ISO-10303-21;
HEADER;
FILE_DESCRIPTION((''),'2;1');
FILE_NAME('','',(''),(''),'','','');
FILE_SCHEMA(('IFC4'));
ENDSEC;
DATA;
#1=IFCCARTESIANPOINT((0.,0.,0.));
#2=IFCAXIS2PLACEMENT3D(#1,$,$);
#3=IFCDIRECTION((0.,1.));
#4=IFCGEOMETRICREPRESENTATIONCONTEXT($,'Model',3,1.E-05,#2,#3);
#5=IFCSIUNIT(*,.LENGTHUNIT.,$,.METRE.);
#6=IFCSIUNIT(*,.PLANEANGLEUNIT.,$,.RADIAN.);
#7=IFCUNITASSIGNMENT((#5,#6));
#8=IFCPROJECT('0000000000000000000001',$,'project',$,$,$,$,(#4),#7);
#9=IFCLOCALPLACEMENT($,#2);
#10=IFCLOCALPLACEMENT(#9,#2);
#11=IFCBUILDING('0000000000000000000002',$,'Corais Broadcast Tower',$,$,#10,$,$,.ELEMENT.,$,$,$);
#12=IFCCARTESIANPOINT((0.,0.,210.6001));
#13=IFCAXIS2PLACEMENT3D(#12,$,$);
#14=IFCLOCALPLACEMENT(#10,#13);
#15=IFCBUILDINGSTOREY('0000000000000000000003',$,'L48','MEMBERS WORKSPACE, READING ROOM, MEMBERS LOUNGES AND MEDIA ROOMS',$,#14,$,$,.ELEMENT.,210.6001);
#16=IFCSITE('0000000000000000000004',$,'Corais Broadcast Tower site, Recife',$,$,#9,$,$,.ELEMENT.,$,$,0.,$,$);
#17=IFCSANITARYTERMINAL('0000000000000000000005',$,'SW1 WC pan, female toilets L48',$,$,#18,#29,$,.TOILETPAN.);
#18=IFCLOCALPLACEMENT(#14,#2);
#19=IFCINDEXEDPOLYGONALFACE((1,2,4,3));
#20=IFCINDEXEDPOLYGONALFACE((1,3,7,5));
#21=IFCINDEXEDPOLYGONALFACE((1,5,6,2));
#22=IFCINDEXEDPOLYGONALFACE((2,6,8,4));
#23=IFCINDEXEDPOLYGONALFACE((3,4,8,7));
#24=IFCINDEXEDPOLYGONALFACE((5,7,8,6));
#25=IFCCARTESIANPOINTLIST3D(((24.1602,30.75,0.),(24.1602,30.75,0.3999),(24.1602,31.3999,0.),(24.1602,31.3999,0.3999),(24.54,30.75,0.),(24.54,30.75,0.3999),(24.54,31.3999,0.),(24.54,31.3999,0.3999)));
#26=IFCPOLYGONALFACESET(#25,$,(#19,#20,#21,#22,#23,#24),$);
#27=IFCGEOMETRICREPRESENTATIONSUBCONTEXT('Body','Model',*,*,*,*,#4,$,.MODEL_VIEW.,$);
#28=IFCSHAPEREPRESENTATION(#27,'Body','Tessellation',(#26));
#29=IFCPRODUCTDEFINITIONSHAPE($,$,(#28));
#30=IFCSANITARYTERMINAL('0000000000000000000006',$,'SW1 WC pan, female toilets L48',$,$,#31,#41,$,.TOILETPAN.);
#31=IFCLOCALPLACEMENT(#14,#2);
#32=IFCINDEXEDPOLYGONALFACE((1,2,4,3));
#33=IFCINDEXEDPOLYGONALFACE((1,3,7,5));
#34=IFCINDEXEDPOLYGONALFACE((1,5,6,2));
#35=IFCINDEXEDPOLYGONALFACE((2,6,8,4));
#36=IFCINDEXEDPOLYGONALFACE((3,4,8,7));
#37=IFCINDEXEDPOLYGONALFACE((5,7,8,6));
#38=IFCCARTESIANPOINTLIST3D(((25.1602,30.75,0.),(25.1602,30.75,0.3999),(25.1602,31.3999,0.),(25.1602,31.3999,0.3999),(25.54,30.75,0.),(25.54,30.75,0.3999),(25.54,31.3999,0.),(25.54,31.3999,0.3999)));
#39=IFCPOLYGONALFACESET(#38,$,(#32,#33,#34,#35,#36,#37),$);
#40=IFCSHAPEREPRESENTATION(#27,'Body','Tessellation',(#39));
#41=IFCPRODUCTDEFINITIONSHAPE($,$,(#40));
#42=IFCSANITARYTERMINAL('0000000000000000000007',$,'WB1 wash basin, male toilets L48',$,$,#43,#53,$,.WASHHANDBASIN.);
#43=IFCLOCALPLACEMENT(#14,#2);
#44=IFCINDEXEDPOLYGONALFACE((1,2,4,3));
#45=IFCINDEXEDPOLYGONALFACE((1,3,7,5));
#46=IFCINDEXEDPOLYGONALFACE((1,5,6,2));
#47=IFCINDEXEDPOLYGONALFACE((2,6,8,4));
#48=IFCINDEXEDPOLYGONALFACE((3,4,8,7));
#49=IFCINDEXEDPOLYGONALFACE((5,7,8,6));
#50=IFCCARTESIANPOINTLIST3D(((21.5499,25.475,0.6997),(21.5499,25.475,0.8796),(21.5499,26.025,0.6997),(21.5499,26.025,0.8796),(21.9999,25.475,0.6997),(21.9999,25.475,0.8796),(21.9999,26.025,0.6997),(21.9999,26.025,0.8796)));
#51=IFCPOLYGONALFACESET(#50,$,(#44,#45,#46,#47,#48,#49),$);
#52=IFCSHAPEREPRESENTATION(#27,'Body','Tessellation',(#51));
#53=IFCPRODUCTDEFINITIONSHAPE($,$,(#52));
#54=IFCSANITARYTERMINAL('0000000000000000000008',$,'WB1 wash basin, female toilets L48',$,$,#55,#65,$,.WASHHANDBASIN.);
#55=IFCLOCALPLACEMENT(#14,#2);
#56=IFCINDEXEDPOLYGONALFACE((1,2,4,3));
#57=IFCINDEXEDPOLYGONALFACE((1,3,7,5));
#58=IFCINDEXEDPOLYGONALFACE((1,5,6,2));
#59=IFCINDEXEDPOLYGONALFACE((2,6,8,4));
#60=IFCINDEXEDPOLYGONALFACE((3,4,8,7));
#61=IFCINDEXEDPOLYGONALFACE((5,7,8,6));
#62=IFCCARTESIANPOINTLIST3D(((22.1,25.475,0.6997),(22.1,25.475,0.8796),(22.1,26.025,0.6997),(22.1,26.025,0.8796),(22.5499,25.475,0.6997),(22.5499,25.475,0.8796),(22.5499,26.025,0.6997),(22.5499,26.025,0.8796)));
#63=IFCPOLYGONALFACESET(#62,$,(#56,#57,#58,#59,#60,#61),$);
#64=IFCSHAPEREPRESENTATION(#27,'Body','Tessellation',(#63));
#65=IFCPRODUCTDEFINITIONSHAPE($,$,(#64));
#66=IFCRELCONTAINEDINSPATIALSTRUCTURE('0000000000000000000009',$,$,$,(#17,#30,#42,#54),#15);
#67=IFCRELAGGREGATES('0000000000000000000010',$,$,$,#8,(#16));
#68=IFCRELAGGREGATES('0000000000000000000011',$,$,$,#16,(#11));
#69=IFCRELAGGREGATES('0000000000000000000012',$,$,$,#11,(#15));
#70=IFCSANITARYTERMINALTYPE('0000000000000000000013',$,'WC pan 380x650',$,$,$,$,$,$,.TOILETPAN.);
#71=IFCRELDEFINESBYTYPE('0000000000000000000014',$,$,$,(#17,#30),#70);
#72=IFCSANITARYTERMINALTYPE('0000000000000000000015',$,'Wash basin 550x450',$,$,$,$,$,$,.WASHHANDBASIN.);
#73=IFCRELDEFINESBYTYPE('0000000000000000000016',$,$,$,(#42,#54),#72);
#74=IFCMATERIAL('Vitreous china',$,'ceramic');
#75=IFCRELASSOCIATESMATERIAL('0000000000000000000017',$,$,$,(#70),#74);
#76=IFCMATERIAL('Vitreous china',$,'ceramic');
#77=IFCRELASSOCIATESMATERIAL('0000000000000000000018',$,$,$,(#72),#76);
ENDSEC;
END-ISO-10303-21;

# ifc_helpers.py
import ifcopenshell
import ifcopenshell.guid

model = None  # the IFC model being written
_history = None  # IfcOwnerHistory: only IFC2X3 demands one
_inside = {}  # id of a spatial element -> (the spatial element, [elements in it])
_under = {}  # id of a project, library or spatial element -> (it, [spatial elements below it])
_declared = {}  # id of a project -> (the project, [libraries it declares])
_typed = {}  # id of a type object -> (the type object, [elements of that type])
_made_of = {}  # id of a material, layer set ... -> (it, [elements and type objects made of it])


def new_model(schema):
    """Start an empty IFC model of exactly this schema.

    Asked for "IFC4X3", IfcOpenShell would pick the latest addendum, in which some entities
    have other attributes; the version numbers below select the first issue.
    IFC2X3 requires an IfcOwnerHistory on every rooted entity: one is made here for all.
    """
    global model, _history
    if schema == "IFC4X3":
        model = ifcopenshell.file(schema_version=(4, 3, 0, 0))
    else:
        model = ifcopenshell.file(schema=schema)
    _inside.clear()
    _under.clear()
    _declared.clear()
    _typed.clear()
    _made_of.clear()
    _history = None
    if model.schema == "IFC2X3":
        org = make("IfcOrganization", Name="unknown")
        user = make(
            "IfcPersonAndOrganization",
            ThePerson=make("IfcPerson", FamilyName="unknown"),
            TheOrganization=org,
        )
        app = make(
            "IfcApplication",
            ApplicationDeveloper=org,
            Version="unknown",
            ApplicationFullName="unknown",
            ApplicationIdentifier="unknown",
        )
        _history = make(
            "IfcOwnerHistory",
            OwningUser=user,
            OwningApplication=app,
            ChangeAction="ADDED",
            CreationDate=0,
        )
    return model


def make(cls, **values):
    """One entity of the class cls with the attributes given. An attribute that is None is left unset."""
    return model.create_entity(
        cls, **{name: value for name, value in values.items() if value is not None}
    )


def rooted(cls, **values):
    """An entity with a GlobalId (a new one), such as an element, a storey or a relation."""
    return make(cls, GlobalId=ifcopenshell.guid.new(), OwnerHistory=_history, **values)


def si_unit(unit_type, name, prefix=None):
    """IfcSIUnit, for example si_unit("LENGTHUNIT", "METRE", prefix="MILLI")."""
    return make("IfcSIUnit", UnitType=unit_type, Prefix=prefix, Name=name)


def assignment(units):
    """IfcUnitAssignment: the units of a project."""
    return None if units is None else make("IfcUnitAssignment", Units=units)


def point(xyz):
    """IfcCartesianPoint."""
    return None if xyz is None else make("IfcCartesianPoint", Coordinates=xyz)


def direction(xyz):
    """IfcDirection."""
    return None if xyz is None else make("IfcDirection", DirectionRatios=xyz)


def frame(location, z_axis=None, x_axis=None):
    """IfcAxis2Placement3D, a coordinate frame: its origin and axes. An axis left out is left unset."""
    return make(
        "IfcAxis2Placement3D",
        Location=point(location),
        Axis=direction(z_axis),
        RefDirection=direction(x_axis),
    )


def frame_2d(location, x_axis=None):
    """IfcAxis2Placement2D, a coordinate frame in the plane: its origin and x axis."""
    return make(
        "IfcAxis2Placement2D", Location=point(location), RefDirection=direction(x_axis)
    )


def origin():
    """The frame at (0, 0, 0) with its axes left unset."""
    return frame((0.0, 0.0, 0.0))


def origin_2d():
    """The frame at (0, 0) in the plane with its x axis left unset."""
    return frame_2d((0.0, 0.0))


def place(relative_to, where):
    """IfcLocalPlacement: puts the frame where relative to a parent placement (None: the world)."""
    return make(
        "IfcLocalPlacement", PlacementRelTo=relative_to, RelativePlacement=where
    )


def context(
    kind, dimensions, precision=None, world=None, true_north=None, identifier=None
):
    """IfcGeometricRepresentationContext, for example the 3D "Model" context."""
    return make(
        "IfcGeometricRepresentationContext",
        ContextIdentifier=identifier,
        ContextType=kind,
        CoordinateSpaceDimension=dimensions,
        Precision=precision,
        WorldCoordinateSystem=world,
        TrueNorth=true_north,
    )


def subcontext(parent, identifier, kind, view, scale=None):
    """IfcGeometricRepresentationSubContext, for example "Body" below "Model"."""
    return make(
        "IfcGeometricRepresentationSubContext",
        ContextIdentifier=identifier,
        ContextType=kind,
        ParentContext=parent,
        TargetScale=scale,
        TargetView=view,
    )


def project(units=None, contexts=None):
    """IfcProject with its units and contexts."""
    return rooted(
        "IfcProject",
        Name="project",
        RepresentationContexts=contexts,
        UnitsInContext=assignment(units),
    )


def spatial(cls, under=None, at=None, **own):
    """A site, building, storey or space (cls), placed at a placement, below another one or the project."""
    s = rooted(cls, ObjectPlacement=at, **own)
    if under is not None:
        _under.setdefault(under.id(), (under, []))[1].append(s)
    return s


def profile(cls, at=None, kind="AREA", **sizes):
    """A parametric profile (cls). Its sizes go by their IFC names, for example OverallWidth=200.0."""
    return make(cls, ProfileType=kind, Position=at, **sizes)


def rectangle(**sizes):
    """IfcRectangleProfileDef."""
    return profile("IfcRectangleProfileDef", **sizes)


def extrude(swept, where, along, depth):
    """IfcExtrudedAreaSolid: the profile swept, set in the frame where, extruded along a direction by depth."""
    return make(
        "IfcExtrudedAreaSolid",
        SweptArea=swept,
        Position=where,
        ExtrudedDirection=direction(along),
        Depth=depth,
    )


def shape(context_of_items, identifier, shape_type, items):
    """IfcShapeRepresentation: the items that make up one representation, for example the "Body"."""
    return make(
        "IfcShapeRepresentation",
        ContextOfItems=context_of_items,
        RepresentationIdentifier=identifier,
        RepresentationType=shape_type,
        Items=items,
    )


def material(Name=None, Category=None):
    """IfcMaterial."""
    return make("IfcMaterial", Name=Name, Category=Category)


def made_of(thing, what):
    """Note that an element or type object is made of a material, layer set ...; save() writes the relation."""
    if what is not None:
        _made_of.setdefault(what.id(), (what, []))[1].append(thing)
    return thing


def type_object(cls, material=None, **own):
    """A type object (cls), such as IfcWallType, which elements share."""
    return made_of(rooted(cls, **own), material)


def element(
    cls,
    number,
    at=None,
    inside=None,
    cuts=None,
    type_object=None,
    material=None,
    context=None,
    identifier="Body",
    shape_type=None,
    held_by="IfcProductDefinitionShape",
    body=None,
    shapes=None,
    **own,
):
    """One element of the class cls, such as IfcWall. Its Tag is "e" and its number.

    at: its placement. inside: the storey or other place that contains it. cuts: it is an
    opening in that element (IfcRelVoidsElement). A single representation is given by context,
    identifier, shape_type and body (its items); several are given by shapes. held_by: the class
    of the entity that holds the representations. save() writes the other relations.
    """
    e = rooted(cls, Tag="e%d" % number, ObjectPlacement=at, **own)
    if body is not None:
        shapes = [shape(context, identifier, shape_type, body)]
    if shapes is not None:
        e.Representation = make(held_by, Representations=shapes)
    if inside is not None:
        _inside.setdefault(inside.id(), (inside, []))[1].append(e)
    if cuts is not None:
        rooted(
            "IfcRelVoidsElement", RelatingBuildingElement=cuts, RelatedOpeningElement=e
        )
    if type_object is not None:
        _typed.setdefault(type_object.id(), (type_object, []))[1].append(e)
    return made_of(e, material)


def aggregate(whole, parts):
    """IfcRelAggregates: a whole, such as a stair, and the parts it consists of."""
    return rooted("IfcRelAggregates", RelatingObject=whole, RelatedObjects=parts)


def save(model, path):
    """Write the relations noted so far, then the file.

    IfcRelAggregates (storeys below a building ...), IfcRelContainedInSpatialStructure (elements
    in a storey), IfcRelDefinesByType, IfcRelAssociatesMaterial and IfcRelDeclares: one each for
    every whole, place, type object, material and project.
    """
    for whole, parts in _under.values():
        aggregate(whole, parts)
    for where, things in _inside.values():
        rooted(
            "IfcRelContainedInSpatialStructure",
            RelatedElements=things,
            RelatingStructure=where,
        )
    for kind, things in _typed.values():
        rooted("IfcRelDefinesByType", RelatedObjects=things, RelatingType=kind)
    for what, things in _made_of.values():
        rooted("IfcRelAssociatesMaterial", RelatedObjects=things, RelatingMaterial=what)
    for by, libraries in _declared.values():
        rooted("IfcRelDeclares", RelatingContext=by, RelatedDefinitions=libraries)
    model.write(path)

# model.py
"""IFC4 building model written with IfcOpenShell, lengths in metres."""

from ifc_helpers import new_model, si_unit, direction, frame, origin, origin_2d, place, context, subcontext, project, spatial, rectangle, extrude, material, type_object, element, save


model = new_model("IFC4")

# Units and contexts
model_context = context("Model", 3, precision=1e-05, world=origin(), true_north=direction((0.0, 1.0)))
body_context = subcontext(model_context, "Body", "Model", "MODEL_VIEW")
ifc_project = project(units=[si_unit("LENGTHUNIT", "METRE"), si_unit("PLANEANGLEUNIT", "RADIAN")], contexts=[model_context])

# Site, building, storey
site_placement = place(None, origin())
site = spatial("IfcSite", under=ifc_project, at=site_placement, Name="Corais Broadcast Tower site, Recife", CompositionType="ELEMENT", RefElevation=0.0)
building_placement = place(site_placement, origin())
building = spatial("IfcBuilding", under=site, at=building_placement, Name="Corais Broadcast Tower", CompositionType="ELEMENT")
storey_placement = place(building_placement, frame((0.0, 0.0, 210.6001)))
storey = spatial("IfcBuildingStorey", under=building, at=storey_placement, Name="L48", Description="MEMBERS WORKSPACE, READING ROOM, MEMBERS LOUNGES AND MEDIA ROOMS", CompositionType="ELEMENT", Elevation=210.6001)

# Sanitary terminals
ifc_material_1 = material(Name="Vitreous china", Category="ceramic")
sanitary_terminal_type_1 = type_object("IfcSanitaryTerminalType", Name="WC pan 380x650", PredefinedType="TOILETPAN", material=ifc_material_1)
for number, where, z_axis, x_axis, name in (
    (1, (24.3501, 31.075, 0.0), (0.0, 0.0, 1.0), (1.0, 0.0, 0.0), "SW1 WC pan, female toilets L48"),
    (2, (25.3501, 31.075, 0.0), (0.0, 0.0, 1.0), (1.0, 0.0, 0.0), "SW1 WC pan, female toilets L48"),
):
    element("IfcSanitaryTerminal", number, at=place(storey_placement, frame(where, z_axis=z_axis, x_axis=x_axis)), inside=storey, type_object=sanitary_terminal_type_1, Name=name, PredefinedType="TOILETPAN", context=body_context, shape_type="SweptSolid", body=[
        extrude(rectangle(XDim=0.3799, YDim=0.6499, at=origin_2d()), origin(), (0.0, 0.0, 1.0), 0.3999),
    ])
ifc_material_2 = material(Name="Vitreous china", Category="ceramic")
sanitary_terminal_type_2 = type_object("IfcSanitaryTerminalType", Name="Wash basin 550x450", PredefinedType="WASHHANDBASIN", material=ifc_material_2)
for number, where, z_axis, x_axis, name in (
    (3, (21.7749, 25.75, 0.6997), (0.0, 0.0, 1.0), (1.0, 0.0, 0.0), "WB1 wash basin, male toilets L48"),
    (4, (22.325, 25.75, 0.6997), (0.0, 0.0, 1.0), (1.0, 0.0, 0.0), "WB1 wash basin, female toilets L48"),
):
    element("IfcSanitaryTerminal", number, at=place(storey_placement, frame(where, z_axis=z_axis, x_axis=x_axis)), inside=storey, type_object=sanitary_terminal_type_2, Name=name, PredefinedType="WASHHANDBASIN", context=body_context, shape_type="SweptSolid", body=[
        extrude(rectangle(XDim=0.45, YDim=0.55, at=origin_2d()), origin(), (0.0, 0.0, 1.0), 0.1799),
    ])

save(model, "model.ifc")
